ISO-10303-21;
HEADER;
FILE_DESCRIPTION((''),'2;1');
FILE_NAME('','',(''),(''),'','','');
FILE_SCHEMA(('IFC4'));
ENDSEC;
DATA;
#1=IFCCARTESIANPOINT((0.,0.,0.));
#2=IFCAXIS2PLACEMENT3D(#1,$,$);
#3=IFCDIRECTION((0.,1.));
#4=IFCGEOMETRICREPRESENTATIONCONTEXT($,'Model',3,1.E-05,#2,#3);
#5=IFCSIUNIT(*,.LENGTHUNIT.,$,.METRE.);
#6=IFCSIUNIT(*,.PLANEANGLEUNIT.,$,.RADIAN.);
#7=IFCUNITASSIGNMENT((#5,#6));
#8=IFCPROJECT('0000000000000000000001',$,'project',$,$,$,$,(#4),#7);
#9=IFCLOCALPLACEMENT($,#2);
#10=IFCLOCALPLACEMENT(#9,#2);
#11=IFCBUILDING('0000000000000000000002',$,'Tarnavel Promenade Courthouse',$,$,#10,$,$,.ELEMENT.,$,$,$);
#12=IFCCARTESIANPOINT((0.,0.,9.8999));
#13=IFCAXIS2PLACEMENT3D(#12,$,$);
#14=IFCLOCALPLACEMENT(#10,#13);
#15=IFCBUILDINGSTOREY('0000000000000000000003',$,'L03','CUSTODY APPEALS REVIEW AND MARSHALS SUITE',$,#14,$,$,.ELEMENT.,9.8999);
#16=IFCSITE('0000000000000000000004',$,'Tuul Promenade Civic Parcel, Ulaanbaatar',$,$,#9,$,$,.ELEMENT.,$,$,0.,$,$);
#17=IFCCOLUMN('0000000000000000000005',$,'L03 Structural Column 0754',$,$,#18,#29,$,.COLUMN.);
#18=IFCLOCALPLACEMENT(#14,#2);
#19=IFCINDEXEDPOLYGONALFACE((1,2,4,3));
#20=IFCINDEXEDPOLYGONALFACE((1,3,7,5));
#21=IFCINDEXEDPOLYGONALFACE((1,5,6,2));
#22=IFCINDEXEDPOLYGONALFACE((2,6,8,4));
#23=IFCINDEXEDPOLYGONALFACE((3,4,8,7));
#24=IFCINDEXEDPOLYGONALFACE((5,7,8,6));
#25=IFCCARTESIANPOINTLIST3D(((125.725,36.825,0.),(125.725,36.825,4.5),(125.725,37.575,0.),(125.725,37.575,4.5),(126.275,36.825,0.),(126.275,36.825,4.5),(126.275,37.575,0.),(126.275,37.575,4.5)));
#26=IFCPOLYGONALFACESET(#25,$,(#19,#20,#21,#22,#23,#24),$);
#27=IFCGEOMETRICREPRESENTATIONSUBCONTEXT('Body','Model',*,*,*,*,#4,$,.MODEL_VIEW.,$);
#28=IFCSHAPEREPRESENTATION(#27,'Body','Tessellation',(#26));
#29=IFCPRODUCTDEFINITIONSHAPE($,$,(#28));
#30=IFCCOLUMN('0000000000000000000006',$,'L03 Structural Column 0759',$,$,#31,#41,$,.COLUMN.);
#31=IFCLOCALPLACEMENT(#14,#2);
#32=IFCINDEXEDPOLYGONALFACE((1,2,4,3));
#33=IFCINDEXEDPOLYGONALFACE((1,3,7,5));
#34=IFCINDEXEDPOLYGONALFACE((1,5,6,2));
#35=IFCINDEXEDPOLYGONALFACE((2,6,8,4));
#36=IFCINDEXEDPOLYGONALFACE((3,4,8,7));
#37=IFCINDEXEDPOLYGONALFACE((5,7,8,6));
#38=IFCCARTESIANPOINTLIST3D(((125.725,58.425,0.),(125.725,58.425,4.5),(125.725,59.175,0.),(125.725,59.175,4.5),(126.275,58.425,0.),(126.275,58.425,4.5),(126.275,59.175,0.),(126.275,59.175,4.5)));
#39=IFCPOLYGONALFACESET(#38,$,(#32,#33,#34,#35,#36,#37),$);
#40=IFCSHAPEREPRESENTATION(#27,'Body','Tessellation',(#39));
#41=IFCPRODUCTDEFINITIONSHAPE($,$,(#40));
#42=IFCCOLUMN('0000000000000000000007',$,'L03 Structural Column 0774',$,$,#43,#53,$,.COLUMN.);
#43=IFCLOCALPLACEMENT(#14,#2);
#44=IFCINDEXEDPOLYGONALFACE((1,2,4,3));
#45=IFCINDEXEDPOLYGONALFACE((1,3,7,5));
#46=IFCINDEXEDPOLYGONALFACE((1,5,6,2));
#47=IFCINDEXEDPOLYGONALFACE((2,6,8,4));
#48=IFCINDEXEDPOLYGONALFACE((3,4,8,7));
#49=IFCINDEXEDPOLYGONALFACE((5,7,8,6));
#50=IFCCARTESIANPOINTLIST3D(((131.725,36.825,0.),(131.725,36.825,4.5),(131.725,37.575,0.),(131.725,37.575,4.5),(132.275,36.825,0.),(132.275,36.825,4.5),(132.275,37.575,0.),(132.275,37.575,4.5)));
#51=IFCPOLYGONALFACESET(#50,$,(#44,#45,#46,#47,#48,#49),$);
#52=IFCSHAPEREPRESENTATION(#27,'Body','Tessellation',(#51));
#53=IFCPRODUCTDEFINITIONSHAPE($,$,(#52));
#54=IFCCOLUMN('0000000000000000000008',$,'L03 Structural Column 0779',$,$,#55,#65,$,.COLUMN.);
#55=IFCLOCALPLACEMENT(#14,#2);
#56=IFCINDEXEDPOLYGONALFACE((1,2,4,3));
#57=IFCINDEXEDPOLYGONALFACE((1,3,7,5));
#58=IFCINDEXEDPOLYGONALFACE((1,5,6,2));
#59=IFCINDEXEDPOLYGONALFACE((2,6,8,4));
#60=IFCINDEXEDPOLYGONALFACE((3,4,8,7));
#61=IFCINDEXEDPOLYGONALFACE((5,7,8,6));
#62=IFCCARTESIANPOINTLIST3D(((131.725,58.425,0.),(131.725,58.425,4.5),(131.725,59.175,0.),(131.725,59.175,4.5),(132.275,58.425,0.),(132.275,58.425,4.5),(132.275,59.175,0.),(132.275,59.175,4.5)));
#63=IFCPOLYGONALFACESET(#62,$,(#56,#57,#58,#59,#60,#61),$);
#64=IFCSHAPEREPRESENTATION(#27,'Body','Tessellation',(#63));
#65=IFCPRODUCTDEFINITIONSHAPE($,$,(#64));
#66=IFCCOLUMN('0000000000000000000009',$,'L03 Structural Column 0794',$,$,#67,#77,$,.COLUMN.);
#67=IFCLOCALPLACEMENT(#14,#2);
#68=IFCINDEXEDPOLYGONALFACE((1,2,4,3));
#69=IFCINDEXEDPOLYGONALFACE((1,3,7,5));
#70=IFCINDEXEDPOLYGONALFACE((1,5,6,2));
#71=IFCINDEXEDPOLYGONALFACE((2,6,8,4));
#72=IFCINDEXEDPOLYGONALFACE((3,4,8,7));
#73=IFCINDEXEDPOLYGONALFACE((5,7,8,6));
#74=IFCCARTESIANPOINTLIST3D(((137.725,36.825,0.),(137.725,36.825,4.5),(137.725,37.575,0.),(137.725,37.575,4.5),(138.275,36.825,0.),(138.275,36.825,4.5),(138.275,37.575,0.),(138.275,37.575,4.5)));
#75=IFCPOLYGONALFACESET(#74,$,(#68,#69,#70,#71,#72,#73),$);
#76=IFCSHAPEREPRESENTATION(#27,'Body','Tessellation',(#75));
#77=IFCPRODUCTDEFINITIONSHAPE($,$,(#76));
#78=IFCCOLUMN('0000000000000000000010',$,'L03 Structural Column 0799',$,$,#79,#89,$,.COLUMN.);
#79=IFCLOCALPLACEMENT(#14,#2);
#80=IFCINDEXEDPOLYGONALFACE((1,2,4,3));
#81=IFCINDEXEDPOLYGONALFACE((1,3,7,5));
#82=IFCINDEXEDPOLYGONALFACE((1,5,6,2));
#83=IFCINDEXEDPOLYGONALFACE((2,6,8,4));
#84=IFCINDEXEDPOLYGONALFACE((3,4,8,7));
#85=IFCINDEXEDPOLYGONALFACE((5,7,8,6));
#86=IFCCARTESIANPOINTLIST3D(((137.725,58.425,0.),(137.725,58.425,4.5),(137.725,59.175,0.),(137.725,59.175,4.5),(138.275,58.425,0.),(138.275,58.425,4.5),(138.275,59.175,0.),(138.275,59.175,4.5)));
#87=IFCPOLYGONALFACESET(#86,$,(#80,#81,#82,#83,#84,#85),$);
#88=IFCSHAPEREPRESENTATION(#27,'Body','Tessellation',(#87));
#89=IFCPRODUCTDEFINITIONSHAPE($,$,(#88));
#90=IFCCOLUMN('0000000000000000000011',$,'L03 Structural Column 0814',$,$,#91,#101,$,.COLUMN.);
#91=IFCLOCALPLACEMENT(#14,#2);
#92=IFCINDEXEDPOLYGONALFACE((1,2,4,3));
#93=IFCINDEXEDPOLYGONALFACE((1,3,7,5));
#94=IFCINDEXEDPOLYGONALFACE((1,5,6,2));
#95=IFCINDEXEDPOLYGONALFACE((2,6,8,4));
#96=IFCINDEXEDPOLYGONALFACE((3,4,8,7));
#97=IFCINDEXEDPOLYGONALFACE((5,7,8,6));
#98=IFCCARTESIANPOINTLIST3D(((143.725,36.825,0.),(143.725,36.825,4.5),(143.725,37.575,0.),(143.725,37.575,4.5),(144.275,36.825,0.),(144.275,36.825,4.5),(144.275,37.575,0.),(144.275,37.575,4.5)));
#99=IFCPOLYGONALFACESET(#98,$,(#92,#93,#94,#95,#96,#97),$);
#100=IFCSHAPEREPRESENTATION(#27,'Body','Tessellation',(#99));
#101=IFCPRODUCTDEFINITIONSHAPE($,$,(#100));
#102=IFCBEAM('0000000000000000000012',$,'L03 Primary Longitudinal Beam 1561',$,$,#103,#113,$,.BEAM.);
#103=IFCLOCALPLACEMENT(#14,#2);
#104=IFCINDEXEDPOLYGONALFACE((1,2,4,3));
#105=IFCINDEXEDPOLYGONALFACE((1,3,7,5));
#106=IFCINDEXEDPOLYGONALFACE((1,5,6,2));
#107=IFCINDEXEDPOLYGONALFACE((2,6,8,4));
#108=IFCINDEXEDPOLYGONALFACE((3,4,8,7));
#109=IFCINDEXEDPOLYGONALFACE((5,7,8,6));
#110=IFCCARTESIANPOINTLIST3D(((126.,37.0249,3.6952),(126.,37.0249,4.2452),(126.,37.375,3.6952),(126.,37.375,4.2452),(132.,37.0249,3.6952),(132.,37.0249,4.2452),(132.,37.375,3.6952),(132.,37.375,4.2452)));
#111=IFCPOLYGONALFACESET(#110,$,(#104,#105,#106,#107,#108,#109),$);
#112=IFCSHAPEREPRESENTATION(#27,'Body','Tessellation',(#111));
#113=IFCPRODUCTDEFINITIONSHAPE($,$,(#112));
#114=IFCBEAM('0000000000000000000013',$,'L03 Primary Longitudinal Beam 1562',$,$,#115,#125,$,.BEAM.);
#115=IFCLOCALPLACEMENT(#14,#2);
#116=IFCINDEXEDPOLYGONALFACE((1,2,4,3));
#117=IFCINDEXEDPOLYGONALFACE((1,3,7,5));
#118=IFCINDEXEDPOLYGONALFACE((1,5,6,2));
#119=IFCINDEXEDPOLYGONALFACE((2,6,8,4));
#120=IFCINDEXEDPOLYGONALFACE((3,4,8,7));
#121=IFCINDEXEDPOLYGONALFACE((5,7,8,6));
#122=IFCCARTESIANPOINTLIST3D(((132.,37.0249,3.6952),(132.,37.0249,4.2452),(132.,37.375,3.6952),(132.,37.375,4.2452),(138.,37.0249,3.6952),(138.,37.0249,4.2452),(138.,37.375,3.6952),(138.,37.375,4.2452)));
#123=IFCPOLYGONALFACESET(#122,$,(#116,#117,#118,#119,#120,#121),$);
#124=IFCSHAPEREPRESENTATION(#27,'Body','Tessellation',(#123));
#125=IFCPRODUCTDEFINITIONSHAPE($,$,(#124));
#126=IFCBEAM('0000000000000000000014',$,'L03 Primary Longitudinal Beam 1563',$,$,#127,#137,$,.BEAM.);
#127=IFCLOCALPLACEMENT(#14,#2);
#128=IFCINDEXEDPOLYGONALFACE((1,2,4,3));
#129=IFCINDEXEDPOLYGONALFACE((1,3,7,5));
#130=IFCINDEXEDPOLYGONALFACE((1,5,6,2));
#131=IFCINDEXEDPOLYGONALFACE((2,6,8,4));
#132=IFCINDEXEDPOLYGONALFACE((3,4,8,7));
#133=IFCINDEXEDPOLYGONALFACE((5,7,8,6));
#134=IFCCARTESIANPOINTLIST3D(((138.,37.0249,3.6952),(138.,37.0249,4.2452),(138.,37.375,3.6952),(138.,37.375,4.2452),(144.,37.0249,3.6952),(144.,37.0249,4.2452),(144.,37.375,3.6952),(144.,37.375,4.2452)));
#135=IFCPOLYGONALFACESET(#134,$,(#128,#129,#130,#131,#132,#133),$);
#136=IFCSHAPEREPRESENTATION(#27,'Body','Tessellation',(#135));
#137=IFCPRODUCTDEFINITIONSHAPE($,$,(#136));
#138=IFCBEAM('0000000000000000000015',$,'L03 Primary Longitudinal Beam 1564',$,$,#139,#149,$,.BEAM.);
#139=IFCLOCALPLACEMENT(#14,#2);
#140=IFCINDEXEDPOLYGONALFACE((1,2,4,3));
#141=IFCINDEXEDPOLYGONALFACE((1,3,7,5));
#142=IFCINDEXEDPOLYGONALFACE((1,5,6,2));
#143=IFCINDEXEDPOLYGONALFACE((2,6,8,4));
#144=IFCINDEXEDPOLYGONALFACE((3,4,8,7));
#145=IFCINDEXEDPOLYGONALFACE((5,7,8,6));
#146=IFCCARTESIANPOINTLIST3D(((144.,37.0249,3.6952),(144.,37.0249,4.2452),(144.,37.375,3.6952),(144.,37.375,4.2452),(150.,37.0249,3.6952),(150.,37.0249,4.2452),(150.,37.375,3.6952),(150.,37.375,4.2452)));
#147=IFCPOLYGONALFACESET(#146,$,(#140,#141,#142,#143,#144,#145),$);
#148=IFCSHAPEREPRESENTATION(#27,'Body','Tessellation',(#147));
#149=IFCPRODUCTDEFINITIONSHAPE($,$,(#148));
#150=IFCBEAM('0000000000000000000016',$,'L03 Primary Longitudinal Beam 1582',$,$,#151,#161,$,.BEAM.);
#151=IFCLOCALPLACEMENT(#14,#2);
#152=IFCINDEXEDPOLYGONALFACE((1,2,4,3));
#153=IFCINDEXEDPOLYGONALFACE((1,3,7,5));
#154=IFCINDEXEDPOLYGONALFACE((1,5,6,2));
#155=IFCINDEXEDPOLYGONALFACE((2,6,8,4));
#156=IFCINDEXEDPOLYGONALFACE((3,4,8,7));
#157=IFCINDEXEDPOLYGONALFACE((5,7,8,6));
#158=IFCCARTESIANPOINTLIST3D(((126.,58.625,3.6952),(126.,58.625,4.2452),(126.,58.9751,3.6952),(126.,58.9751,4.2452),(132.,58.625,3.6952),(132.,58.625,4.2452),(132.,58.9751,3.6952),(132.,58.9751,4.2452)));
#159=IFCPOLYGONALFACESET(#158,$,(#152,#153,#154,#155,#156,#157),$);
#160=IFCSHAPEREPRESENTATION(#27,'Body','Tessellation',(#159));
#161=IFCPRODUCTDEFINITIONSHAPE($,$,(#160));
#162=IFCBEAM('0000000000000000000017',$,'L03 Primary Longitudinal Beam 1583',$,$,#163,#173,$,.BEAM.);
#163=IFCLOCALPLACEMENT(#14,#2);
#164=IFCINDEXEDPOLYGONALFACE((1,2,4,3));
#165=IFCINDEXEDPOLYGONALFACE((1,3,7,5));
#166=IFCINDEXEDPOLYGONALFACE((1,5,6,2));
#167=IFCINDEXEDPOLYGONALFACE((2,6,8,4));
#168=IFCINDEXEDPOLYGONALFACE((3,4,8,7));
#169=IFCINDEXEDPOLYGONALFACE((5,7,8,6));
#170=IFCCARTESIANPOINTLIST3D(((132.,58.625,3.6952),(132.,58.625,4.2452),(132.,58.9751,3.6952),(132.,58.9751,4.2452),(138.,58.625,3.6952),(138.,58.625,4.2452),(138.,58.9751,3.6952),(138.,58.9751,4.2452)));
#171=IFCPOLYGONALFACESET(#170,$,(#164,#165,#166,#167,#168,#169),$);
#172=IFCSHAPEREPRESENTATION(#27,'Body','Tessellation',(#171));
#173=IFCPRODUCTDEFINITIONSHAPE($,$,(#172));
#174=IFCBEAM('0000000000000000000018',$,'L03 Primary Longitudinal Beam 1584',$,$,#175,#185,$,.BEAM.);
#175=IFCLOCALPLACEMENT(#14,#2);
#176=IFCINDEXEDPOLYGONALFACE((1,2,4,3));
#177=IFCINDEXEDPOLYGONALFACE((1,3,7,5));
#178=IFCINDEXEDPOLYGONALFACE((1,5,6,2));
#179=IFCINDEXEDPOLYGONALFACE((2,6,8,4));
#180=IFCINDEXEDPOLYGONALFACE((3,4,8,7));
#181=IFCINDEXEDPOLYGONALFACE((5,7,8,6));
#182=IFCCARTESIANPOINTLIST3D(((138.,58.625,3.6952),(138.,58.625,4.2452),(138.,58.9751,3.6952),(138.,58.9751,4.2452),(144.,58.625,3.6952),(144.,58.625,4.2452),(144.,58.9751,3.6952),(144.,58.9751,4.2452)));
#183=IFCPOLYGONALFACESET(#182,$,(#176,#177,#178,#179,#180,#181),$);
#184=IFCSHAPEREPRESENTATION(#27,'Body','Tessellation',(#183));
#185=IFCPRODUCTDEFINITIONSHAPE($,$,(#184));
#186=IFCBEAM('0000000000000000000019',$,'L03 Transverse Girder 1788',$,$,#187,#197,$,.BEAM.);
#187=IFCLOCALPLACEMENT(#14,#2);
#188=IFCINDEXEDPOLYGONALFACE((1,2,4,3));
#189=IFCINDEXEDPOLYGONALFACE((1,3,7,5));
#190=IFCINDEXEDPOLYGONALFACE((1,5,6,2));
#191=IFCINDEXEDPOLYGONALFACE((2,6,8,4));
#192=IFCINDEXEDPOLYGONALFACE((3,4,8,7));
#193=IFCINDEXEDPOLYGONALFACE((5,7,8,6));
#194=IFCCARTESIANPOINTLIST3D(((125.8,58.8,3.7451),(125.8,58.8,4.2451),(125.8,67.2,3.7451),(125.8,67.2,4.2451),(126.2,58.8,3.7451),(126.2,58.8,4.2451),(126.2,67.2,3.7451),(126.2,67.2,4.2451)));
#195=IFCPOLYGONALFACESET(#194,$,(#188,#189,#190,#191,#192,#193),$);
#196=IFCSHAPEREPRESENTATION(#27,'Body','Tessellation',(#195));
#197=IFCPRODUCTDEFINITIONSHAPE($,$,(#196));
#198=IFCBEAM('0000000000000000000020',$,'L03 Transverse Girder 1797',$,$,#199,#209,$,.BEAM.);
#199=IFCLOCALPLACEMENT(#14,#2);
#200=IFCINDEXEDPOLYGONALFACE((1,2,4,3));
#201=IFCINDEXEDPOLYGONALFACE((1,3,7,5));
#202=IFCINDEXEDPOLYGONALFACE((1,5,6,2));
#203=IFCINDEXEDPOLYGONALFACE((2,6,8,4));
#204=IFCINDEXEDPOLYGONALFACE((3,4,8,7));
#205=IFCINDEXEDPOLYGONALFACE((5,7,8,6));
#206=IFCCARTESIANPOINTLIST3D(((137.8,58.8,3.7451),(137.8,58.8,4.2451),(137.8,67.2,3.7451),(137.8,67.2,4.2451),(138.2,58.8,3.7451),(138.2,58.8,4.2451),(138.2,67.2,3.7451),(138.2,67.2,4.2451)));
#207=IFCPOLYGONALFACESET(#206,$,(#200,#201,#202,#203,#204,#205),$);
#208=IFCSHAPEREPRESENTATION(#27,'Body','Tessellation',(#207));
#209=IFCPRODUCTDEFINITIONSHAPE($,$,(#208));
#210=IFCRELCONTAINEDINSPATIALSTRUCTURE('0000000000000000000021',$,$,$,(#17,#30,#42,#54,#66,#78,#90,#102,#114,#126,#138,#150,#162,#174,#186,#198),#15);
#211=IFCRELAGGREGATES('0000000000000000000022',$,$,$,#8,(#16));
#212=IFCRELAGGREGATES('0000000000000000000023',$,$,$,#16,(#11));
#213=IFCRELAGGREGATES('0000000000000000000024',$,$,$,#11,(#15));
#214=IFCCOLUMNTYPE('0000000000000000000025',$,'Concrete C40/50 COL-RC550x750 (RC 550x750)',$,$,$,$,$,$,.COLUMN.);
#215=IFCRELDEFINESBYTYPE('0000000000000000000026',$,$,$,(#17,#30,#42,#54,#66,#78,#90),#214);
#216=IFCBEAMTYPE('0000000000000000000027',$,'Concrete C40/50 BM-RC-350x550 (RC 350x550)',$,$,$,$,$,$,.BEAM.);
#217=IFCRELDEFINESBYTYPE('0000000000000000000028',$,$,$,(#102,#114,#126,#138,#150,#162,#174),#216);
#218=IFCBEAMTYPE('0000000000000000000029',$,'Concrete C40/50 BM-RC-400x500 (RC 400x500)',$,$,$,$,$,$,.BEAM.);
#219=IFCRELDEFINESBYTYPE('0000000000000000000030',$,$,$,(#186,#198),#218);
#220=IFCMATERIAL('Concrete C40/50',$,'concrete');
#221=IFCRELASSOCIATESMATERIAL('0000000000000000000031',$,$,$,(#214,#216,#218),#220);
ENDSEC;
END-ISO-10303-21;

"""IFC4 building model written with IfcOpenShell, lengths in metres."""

from ifc_helpers import new_model, si_unit, direction, frame, origin, origin_2d, place, context, subcontext, project, spatial, rectangle, extrude, material, material_profile, profile_set, type_object, element, save


model = new_model("IFC4")

# Units and contexts
model_context = context("Model", 3, precision=1e-05, world=origin(), true_north=direction((0.0, 1.0)))
body_context = subcontext(model_context, "Body", "Model", "MODEL_VIEW")
ifc_project = project(units=[si_unit("LENGTHUNIT", "METRE"), si_unit("PLANEANGLEUNIT", "RADIAN")], contexts=[model_context])

# Site, building, storey
site_placement = place(None, origin())
site = spatial("IfcSite", under=ifc_project, at=site_placement, Name="Tuul Promenade Civic Parcel, Ulaanbaatar", CompositionType="ELEMENT", RefElevation=0.0)
building_placement = place(site_placement, origin())
building = spatial("IfcBuilding", under=site, at=building_placement, Name="Tarnavel Promenade Courthouse", CompositionType="ELEMENT")
storey_placement = place(building_placement, frame((0.0, 0.0, 9.8999)))
storey = spatial("IfcBuildingStorey", under=building, at=storey_placement, Name="L03", Description="CUSTODY APPEALS REVIEW AND MARSHALS SUITE", CompositionType="ELEMENT", Elevation=9.8999)

# Columns
ifc_material_1 = material(Name="Concrete C40/50", Category="concrete")
ifc_material_profile_1 = material_profile(ifc_material_1, rectangle(XDim=0.55, YDim=0.75, at=origin_2d()), Name="RC 550x750")
ifc_profile_set_1 = profile_set([ifc_material_profile_1], Name="Concrete C40/50")
column_type = type_object("IfcColumnType", Name="Concrete C40/50 COL-RC550x750 (RC 550x750)", PredefinedType="COLUMN", material=ifc_profile_set_1)
for number, where, z_axis, x_axis, name in (
    (1, (126.0, 37.2, 0.0), (0.0, 0.0, 1.0), (1.0, 0.0, 0.0), "L03 Structural Column 0754"),
    (2, (126.0, 58.8, 0.0), (0.0, 0.0, 1.0), (1.0, 0.0, 0.0), "L03 Structural Column 0759"),
    (3, (132.0, 37.2, 0.0), (0.0, 0.0, 1.0), (1.0, 0.0, 0.0), "L03 Structural Column 0774"),
    (4, (132.0, 58.8, 0.0), (0.0, 0.0, 1.0), (1.0, 0.0, 0.0), "L03 Structural Column 0779"),
    (5, (138.0, 37.2, 0.0), (0.0, 0.0, 1.0), (1.0, 0.0, 0.0), "L03 Structural Column 0794"),
    (6, (138.0, 58.8, 0.0), (0.0, 0.0, 1.0), (1.0, 0.0, 0.0), "L03 Structural Column 0799"),
    (7, (144.0, 37.2, 0.0), (0.0, 0.0, 1.0), (1.0, 0.0, 0.0), "L03 Structural Column 0814"),
):
    element("IfcColumn", number, at=place(storey_placement, frame(where, z_axis=z_axis, x_axis=x_axis)), inside=storey, type_object=column_type, Name=name, PredefinedType="COLUMN", context=body_context, shape_type="SweptSolid", body=[
        extrude(rectangle(XDim=0.55, YDim=0.75, at=origin_2d()), origin(), (0.0, 0.0, 1.0), 4.5),
    ])

# Beams
ifc_material_profile_2 = material_profile(ifc_material_1, rectangle(XDim=0.3501, YDim=0.55, at=origin_2d()), Name="RC 350x550")
ifc_profile_set_2 = profile_set([ifc_material_profile_2], Name="Concrete C40/50")
beam_type_1 = type_object("IfcBeamType", Name="Concrete C40/50 BM-RC-350x550 (RC 350x550)", PredefinedType="BEAM", material=ifc_profile_set_2)
for number, where, z_axis, x_axis, name in (
    (8, (126.0, 37.2, 3.9702), (1.0, 0.0, 0.0), (0.0, 1.0, 0.0), "L03 Primary Longitudinal Beam 1561"),
    (9, (132.0, 37.2, 3.9702), (1.0, 0.0, 0.0), (0.0, 1.0, 0.0), "L03 Primary Longitudinal Beam 1562"),
    (10, (138.0, 37.2, 3.9702), (1.0, 0.0, 0.0), (0.0, 1.0, 0.0), "L03 Primary Longitudinal Beam 1563"),
    (11, (144.0, 37.2, 3.9702), (1.0, 0.0, 0.0), (0.0, 1.0, 0.0), "L03 Primary Longitudinal Beam 1564"),
    (12, (126.0, 58.8, 3.9702), (1.0, 0.0, 0.0), (0.0, 1.0, 0.0), "L03 Primary Longitudinal Beam 1582"),
    (13, (132.0, 58.8, 3.9702), (1.0, 0.0, 0.0), (0.0, 1.0, 0.0), "L03 Primary Longitudinal Beam 1583"),
    (14, (138.0, 58.8, 3.9702), (1.0, 0.0, 0.0), (0.0, 1.0, 0.0), "L03 Primary Longitudinal Beam 1584"),
):
    element("IfcBeam", number, at=place(storey_placement, frame(where, z_axis=z_axis, x_axis=x_axis)), inside=storey, type_object=beam_type_1, Name=name, PredefinedType="BEAM", context=body_context, shape_type="SweptSolid", body=[
        extrude(rectangle(XDim=0.3501, YDim=0.55, at=origin_2d()), origin(), (0.0, 0.0, 1.0), 6.0),
    ])
ifc_material_profile_3 = material_profile(ifc_material_1, rectangle(XDim=0.3999, YDim=0.5, at=origin_2d()), Name="RC 400x500")
ifc_profile_set_3 = profile_set([ifc_material_profile_3], Name="Concrete C40/50")
beam_type_2 = type_object("IfcBeamType", Name="Concrete C40/50 BM-RC-400x500 (RC 400x500)", PredefinedType="BEAM", material=ifc_profile_set_3)
for number, where, z_axis, x_axis, name in (
    (15, (126.0, 58.8, 3.9951), (0.0, 1.0, 0.0), (-1.0, 0.0, 0.0), "L03 Transverse Girder 1788"),
    (16, (138.0, 58.8, 3.9951), (0.0, 1.0, 0.0), (-1.0, 0.0, 0.0), "L03 Transverse Girder 1797"),
):
    element("IfcBeam", number, at=place(storey_placement, frame(where, z_axis=z_axis, x_axis=x_axis)), inside=storey, type_object=beam_type_2, Name=name, PredefinedType="BEAM", context=body_context, shape_type="SweptSolid", body=[
        extrude(rectangle(XDim=0.3999, YDim=0.5, at=origin_2d()), origin(), (0.0, 0.0, 1.0), 8.3999),
    ])

save(model, "model.ifc")
